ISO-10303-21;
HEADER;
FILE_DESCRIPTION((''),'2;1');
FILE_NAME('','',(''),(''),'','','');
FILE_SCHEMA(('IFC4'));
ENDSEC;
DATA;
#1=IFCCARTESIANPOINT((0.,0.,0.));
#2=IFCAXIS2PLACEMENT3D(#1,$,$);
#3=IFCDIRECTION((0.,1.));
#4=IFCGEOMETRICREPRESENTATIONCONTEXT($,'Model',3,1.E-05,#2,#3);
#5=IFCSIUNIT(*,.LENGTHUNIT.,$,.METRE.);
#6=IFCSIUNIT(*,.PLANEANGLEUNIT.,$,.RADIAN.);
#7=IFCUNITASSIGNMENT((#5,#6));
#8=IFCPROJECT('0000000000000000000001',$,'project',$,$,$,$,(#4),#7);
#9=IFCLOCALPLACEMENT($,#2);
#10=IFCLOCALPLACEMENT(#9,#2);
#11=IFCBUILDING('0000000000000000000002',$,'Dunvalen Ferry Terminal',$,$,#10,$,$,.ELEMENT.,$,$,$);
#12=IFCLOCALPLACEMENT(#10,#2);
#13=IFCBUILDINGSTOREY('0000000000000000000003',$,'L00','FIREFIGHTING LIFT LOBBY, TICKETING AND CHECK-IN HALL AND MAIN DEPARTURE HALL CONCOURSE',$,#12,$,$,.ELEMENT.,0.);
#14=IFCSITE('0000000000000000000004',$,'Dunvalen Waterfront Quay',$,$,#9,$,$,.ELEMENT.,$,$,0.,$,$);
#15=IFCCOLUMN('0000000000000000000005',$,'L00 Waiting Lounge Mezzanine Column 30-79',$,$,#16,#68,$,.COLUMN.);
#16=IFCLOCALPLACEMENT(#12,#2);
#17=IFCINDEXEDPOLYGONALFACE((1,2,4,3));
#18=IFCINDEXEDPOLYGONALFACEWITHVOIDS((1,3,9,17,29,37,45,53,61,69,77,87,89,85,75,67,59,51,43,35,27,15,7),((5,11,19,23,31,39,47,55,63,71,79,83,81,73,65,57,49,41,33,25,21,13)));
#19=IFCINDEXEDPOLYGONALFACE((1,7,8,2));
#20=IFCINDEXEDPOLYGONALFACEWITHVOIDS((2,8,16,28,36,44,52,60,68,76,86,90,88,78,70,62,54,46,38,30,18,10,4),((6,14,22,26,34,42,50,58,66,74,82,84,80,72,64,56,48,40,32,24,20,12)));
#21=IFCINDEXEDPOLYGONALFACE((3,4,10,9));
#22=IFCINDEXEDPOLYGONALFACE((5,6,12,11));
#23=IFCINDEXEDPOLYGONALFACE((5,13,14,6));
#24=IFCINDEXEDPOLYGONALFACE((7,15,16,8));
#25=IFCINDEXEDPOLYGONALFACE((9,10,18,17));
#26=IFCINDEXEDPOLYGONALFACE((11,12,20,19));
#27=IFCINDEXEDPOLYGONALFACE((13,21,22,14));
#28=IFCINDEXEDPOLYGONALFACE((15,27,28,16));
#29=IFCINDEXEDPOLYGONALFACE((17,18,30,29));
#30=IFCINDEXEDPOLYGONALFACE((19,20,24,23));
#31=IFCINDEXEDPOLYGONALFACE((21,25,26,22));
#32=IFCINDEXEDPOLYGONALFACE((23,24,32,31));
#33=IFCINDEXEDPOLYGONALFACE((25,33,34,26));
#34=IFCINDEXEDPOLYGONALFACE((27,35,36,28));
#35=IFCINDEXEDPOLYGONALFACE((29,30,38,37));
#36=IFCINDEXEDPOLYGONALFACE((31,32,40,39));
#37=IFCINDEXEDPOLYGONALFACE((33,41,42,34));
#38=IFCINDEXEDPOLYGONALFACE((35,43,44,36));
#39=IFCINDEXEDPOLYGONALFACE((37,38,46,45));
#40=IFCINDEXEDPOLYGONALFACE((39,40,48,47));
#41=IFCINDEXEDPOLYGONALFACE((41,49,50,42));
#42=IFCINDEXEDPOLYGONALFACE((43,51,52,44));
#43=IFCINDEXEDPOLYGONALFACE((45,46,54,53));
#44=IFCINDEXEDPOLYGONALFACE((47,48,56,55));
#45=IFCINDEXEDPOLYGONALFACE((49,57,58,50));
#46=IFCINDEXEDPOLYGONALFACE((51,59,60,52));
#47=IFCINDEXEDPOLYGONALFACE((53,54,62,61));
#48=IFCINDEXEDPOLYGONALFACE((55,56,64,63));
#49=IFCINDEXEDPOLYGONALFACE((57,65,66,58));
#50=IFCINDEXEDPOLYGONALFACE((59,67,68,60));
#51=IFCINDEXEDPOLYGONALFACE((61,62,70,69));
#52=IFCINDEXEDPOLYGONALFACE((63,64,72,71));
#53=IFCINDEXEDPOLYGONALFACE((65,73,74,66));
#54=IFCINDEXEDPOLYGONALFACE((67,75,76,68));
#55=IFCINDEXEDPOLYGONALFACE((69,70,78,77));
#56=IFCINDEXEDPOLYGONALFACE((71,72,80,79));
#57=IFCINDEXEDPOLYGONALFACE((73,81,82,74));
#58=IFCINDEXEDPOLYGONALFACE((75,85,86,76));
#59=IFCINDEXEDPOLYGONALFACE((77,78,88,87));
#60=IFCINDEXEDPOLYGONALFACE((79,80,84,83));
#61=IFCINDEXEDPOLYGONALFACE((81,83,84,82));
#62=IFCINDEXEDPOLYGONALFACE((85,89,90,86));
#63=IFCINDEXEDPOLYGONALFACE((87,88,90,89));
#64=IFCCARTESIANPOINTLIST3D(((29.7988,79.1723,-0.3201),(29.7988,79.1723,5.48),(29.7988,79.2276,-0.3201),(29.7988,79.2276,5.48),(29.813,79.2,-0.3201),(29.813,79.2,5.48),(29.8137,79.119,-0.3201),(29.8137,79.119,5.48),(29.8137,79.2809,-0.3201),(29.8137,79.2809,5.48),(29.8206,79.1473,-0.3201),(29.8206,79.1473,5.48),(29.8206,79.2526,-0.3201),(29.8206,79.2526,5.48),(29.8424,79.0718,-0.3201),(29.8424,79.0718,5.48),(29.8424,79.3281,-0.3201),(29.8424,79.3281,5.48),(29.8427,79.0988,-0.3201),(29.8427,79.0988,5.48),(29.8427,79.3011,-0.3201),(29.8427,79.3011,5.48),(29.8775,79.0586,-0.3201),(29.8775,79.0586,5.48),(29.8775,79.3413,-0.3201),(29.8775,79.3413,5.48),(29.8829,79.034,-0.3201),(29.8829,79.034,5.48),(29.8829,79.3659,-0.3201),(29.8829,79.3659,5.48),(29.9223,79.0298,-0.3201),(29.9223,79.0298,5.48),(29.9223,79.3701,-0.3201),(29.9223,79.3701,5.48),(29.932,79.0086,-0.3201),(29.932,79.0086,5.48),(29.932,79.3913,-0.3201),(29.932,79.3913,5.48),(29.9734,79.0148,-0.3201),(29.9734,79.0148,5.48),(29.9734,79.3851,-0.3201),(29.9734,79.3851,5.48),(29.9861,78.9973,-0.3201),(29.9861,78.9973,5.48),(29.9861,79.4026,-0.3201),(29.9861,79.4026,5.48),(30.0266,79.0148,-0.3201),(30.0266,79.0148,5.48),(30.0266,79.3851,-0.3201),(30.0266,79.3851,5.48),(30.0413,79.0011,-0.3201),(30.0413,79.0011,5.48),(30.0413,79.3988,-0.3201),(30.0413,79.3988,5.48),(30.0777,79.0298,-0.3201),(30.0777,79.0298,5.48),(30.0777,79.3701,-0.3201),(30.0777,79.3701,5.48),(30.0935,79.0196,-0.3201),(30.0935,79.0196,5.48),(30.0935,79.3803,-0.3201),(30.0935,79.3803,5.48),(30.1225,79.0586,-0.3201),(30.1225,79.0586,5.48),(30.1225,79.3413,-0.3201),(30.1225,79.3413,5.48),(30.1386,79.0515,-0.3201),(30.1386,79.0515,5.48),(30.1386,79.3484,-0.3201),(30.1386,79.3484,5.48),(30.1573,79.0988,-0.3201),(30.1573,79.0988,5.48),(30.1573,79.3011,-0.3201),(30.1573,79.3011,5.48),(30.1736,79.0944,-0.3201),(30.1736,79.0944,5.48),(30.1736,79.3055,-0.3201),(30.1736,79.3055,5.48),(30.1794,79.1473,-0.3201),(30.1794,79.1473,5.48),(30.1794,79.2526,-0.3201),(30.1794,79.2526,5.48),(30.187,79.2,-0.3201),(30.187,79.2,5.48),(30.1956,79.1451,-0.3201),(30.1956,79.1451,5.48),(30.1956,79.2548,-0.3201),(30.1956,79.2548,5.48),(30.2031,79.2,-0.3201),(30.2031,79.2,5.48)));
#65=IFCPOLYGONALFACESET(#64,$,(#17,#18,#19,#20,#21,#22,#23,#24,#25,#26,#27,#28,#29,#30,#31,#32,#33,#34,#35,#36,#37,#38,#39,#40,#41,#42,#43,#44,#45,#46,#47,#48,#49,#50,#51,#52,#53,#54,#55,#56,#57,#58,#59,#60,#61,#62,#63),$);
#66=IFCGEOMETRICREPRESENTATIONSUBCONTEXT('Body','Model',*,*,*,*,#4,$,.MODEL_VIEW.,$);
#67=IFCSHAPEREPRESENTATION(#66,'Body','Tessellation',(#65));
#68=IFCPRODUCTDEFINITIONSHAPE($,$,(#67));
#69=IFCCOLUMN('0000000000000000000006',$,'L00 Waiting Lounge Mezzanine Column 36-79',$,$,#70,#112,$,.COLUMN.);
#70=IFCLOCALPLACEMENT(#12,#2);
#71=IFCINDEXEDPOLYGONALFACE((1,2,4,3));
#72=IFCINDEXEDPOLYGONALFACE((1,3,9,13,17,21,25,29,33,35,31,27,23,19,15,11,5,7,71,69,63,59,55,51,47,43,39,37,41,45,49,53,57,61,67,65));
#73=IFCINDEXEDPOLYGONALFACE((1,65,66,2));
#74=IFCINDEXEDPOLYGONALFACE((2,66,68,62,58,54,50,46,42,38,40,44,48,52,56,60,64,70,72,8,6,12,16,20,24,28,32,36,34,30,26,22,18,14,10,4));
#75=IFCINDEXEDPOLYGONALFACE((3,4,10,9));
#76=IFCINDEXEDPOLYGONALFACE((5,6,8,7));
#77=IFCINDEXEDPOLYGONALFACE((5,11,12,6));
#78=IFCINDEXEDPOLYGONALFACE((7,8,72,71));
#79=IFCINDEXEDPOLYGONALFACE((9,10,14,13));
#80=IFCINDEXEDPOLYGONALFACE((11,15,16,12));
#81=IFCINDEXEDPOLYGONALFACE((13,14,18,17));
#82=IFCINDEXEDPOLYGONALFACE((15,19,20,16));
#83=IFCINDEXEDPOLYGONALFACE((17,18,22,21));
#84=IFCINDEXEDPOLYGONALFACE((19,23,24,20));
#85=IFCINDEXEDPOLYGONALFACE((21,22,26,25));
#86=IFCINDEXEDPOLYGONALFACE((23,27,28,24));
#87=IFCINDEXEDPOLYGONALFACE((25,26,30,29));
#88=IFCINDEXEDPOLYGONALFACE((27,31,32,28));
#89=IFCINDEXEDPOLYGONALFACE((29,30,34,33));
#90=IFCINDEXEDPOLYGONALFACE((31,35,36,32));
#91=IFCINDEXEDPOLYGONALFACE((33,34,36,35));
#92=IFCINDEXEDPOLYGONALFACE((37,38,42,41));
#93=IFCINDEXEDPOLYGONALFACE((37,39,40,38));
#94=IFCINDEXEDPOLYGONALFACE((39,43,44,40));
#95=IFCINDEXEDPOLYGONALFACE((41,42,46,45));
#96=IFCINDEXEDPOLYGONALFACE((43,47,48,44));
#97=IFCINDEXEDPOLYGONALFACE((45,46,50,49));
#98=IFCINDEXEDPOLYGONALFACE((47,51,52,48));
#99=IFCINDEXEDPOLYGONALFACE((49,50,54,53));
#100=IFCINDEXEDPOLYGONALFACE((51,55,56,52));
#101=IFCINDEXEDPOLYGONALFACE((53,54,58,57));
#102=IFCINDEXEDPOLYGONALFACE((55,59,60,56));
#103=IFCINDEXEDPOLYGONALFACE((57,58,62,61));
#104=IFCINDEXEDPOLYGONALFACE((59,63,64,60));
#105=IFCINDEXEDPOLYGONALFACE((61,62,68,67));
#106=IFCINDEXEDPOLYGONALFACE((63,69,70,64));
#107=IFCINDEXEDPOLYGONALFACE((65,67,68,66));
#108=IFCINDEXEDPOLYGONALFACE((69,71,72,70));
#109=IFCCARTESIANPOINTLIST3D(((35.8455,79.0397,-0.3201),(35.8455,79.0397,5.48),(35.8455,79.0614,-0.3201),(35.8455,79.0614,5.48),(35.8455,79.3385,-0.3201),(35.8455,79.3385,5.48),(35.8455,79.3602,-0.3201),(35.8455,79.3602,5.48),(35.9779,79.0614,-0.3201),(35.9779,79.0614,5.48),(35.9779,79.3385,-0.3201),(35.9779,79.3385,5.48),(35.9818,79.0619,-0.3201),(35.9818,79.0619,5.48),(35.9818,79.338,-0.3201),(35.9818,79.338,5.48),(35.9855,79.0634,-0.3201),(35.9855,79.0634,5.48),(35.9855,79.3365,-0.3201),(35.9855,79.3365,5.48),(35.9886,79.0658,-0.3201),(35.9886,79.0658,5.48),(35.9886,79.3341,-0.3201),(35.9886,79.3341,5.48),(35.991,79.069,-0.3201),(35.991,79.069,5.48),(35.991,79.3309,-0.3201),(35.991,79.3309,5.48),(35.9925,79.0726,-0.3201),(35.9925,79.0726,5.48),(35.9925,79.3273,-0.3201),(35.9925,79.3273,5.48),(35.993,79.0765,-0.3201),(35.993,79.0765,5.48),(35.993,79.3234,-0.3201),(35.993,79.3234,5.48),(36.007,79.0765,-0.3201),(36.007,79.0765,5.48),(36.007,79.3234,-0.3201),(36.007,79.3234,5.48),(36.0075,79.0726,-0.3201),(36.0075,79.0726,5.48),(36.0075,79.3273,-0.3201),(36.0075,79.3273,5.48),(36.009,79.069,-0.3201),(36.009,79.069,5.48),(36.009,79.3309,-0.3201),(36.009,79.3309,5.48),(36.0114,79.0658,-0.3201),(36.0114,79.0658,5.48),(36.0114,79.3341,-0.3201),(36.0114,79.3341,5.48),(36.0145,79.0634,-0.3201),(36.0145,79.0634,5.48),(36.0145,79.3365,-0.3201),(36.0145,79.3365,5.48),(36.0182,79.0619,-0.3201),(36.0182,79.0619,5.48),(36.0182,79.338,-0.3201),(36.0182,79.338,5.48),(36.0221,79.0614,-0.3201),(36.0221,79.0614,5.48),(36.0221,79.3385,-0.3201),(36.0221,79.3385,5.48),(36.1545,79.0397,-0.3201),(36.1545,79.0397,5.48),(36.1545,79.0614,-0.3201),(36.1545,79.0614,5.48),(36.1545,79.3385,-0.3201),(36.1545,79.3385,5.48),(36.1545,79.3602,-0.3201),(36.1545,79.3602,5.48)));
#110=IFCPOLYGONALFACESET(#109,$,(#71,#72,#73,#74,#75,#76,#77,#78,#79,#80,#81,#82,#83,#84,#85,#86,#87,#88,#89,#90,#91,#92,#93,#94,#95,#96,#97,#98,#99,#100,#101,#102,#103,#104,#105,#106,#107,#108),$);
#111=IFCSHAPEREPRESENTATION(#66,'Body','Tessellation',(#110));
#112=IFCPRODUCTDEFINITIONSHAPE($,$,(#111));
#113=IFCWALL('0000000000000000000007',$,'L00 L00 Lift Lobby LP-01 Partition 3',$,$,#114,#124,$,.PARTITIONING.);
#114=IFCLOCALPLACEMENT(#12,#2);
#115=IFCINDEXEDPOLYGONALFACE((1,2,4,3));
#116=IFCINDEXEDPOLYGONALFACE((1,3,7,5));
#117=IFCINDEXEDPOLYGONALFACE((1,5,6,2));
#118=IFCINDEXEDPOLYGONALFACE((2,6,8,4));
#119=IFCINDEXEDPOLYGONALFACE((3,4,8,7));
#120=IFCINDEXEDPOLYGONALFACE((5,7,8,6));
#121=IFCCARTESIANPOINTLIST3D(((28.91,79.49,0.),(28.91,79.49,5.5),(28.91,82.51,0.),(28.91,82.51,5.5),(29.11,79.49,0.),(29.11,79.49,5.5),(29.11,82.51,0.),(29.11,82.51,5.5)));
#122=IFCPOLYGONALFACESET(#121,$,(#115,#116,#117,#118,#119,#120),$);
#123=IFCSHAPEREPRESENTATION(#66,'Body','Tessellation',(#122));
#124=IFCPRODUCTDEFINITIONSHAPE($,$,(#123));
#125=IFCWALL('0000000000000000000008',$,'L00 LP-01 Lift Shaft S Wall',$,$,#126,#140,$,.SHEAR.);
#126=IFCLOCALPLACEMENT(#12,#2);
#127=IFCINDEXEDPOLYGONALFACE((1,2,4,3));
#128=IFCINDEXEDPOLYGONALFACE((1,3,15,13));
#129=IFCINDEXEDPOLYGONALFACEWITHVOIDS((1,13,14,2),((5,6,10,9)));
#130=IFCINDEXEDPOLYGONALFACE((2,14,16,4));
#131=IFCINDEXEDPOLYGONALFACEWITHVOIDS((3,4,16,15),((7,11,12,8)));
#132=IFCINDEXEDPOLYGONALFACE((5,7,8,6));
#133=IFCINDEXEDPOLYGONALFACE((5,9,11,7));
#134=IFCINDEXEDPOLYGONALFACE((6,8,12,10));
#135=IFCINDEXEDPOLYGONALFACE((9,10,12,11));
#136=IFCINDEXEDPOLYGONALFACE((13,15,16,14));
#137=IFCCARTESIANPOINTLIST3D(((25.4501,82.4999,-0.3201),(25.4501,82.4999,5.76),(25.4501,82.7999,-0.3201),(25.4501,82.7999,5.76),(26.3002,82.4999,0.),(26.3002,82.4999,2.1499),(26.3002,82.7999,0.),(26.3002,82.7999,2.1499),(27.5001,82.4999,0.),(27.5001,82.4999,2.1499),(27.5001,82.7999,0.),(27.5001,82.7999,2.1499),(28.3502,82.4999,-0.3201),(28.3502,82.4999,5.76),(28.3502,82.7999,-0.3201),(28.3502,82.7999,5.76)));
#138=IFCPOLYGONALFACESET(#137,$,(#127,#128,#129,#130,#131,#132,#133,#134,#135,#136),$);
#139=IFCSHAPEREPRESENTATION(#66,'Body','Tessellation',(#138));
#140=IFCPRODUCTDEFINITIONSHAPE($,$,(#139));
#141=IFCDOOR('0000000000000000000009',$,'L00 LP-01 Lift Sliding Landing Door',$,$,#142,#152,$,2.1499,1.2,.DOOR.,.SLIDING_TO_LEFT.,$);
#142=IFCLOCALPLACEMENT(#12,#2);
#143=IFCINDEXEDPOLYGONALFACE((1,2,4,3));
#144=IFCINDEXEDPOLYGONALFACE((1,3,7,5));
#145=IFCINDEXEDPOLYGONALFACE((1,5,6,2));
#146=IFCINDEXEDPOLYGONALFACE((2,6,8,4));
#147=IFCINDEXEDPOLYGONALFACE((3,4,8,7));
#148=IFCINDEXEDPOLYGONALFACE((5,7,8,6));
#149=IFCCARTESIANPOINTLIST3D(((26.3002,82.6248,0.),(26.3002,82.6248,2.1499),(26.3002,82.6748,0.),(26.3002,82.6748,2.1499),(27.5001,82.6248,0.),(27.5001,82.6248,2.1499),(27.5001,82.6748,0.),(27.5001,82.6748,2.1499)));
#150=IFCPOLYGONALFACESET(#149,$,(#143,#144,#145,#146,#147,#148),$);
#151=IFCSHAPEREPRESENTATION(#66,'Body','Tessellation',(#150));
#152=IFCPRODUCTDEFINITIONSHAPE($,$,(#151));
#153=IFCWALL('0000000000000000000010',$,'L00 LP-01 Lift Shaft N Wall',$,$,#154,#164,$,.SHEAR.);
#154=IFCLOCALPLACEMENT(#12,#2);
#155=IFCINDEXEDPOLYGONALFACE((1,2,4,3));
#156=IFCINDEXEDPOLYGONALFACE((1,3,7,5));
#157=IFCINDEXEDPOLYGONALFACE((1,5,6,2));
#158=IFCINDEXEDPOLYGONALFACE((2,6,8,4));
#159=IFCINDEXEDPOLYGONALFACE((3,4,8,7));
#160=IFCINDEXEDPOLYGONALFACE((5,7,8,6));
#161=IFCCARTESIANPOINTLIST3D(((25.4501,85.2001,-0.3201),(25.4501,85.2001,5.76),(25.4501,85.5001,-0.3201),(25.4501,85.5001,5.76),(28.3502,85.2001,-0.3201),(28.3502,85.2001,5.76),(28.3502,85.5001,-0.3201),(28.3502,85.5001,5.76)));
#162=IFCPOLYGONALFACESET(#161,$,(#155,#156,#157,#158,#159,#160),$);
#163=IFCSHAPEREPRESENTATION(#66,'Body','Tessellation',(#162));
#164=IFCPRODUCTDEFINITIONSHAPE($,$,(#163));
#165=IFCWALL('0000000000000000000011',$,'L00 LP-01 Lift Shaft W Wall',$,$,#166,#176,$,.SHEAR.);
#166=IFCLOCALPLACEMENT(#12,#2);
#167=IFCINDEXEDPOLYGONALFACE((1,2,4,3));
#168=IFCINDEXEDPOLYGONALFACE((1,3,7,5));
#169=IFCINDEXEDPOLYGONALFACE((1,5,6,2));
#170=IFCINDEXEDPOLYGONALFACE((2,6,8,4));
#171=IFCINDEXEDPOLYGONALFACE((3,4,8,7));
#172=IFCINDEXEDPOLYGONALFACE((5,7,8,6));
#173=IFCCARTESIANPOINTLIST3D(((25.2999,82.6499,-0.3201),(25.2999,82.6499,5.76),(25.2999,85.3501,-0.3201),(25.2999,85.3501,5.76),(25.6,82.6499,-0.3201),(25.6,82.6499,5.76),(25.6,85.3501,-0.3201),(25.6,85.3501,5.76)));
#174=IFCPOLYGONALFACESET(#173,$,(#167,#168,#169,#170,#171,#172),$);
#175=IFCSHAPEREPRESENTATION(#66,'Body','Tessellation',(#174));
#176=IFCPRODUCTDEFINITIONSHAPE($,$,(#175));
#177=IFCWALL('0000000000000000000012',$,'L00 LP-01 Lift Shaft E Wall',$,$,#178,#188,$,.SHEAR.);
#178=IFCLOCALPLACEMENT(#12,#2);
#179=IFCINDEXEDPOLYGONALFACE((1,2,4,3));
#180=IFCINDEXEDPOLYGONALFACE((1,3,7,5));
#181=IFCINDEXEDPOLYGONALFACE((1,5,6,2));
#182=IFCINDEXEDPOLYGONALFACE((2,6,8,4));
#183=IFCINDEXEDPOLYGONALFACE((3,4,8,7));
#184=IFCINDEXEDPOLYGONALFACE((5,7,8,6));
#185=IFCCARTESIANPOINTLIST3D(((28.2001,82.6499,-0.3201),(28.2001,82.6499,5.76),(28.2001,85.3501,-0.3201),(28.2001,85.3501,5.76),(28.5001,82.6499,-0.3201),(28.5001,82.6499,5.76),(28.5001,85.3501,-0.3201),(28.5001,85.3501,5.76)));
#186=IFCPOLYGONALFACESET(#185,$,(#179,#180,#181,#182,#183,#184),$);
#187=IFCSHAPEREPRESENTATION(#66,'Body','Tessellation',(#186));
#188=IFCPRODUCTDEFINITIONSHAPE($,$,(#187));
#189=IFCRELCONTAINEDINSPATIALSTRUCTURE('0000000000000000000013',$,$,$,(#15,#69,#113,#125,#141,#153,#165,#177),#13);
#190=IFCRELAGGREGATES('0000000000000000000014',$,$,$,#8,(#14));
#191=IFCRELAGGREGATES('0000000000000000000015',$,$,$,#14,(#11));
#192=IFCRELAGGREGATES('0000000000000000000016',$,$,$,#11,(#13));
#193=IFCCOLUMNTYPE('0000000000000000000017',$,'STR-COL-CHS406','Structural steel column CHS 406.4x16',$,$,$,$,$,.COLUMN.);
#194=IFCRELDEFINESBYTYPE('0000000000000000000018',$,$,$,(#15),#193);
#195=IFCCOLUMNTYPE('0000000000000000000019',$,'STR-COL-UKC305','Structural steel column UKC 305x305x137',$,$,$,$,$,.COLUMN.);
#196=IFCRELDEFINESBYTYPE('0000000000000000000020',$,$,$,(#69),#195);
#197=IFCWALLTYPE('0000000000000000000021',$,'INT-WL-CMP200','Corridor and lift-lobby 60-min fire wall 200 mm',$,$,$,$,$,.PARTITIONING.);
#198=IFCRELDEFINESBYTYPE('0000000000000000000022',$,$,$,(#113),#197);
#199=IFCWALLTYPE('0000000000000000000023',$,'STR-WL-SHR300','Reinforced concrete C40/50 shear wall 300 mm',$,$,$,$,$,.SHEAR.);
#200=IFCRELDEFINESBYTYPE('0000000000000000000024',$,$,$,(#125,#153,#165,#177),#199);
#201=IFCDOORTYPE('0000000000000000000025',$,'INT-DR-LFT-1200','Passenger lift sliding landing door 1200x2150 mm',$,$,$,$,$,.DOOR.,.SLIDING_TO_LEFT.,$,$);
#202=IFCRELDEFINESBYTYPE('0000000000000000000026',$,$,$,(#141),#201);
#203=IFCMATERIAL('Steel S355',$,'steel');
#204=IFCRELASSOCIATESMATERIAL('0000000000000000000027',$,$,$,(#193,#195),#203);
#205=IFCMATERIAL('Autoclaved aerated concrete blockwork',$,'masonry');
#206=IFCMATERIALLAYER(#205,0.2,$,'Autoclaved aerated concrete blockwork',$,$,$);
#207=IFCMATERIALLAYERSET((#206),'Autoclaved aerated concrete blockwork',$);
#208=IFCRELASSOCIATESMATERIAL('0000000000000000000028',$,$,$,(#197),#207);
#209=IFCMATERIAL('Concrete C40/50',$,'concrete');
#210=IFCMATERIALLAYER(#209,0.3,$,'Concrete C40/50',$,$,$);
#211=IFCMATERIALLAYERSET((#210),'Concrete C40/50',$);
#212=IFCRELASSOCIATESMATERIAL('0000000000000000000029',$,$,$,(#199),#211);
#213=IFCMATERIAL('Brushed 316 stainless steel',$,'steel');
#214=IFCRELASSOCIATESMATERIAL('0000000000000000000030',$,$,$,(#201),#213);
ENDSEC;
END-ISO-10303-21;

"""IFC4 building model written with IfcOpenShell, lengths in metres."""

from ifc_helpers import new_model, si_unit, direction, frame, frame_2d, origin, origin_2d, place, context, subcontext, project, spatial, rectangle, hollow_circle, i_section, extrude, material, layer, layer_set, material_profile, profile_set, type_object, element, fill, save


model = new_model("IFC4")

# Units and contexts
model_context = context("Model", 3, precision=1e-05, world=origin(), true_north=direction((0.0, 1.0)))
body_context = subcontext(model_context, "Body", "Model", "MODEL_VIEW")
ifc_project = project(units=[si_unit("LENGTHUNIT", "METRE"), si_unit("PLANEANGLEUNIT", "RADIAN")], contexts=[model_context])

# Site, building, storey
site_placement = place(None, origin())
site = spatial("IfcSite", under=ifc_project, at=site_placement, Name="Dunvalen Waterfront Quay", CompositionType="ELEMENT", RefElevation=0.0)
building_placement = place(site_placement, origin())
building = spatial("IfcBuilding", under=site, at=building_placement, Name="Dunvalen Ferry Terminal", CompositionType="ELEMENT")
storey_placement = place(building_placement, origin())
storey = spatial("IfcBuildingStorey", under=building, at=storey_placement, Name="L00", Description="FIREFIGHTING LIFT LOBBY, TICKETING AND CHECK-IN HALL AND MAIN DEPARTURE HALL CONCOURSE", CompositionType="ELEMENT", Elevation=0.0)

# Shared definitions
ifc_material_1 = material(Name="Concrete C40/50", Category="concrete")

# Columns
ifc_material_2 = material(Name="Steel S355", Category="steel")
ifc_material_profile_1 = material_profile(ifc_material_2, hollow_circle(Radius=0.2031, WallThickness=0.0161, at=origin_2d()), Name="Steel S355")
ifc_profile_set_1 = profile_set([ifc_material_profile_1], Name="Steel S355")
column_type_1 = type_object("IfcColumnType", Name="STR-COL-CHS406", Description="Structural steel column CHS 406.4x16", PredefinedType="COLUMN", material=ifc_profile_set_1)
column_1_placement = place(storey_placement, frame((30.0, 79.2, -0.3201), z_axis=(0.0, 0.0, 1.0), x_axis=(1.0, 0.0, 0.0)))
element("IfcColumn", 1, at=column_1_placement, inside=storey, type_object=column_type_1, Name="L00 Waiting Lounge Mezzanine Column 30-79", PredefinedType="COLUMN", context=body_context, shape_type="SweptSolid", body=[
    extrude(hollow_circle(Radius=0.2031, WallThickness=0.0161, at=origin_2d()), origin(), (0.0, 0.0, 1.0), 5.8),
])
ifc_material_profile_2 = material_profile(ifc_material_2, i_section(OverallWidth=0.3091, OverallDepth=0.3206, WebThickness=0.0139, FlangeThickness=0.0217, FilletRadius=0.0151, at=origin_2d()), Name="Steel S355")
ifc_profile_set_2 = profile_set([ifc_material_profile_2], Name="Steel S355")
column_type_2 = type_object("IfcColumnType", Name="STR-COL-UKC305", Description="Structural steel column UKC 305x305x137", PredefinedType="COLUMN", material=ifc_profile_set_2)
column_2_placement = place(storey_placement, frame((36.0, 79.2, -0.3201), z_axis=(0.0, 0.0, 1.0), x_axis=(1.0, 0.0, 0.0)))
element("IfcColumn", 2, at=column_2_placement, inside=storey, type_object=column_type_2, Name="L00 Waiting Lounge Mezzanine Column 36-79", PredefinedType="COLUMN", context=body_context, shape_type="SweptSolid", body=[
    extrude(i_section(OverallWidth=0.3091, OverallDepth=0.3206, WebThickness=0.0139, FlangeThickness=0.0217, FilletRadius=0.0151, at=origin_2d()), origin(), (0.0, 0.0, 1.0), 5.8),
])

# Wall
ifc_material_3 = material(Name="Autoclaved aerated concrete blockwork", Category="masonry")
ifc_layer_1 = layer(ifc_material_3, 0.2, Name="Autoclaved aerated concrete blockwork")
ifc_layer_set_1 = layer_set([ifc_layer_1], Name="Autoclaved aerated concrete blockwork")
wall_type_1 = type_object("IfcWallType", Name="INT-WL-CMP200", Description="Corridor and lift-lobby 60-min fire wall 200 mm", PredefinedType="PARTITIONING", material=ifc_layer_set_1)
wall_1_placement = place(storey_placement, frame((29.01, 79.49, 0.0), z_axis=(0.0, 0.0, 1.0), x_axis=(0.0, 1.0, 0.0)))
element("IfcWall", 3, at=wall_1_placement, inside=storey, type_object=wall_type_1, Name="L00 L00 Lift Lobby LP-01 Partition 3", PredefinedType="PARTITIONING", context=body_context, shape_type="SweptSolid", body=[
    extrude(rectangle(XDim=3.02, YDim=0.2, at=frame_2d((1.51, 0.0))), origin(), (0.0, 0.0, 1.0), 5.5),
])

# Wall, opening, door
ifc_layer_2 = layer(ifc_material_1, 0.3, Name="Concrete C40/50")
ifc_layer_set_2 = layer_set([ifc_layer_2], Name="Concrete C40/50")
wall_type_2 = type_object("IfcWallType", Name="STR-WL-SHR300", Description="Reinforced concrete C40/50 shear wall 300 mm", PredefinedType="SHEAR", material=ifc_layer_set_2)
wall_2_placement = place(storey_placement, frame((25.45, 82.6499, -0.3201), z_axis=(0.0, 0.0, 1.0), x_axis=(1.0, 0.0, 0.0)))
wall_2 = element("IfcWall", 4, at=wall_2_placement, inside=storey, type_object=wall_type_2, Name="L00 LP-01 Lift Shaft S Wall", PredefinedType="SHEAR", context=body_context, shape_type="SweptSolid", body=[
    extrude(rectangle(XDim=2.9001, YDim=0.3, at=frame_2d((1.4502, 0.0))), origin(), (0.0, 0.0, 1.0), 6.0801),
])
opening_placement = place(wall_2_placement, frame((0.8501, 0.0, 0.3201)))
opening = element("IfcOpeningElement", 5, at=opening_placement, cuts=wall_2, PredefinedType="OPENING", context=body_context, shape_type="SweptSolid", body=[
    extrude(rectangle(XDim=1.2, YDim=2.1499, at=frame_2d((0.6001, 1.075))), frame((0.0, 0.1602, 0.0), z_axis=(0.0, -1.0, 0.0), x_axis=(1.0, 0.0, 0.0)), (0.0, 0.0, 1.0), 0.3201),
])
ifc_material_4 = material(Name="Brushed 316 stainless steel", Category="steel")
door_type = type_object("IfcDoorType", Name="INT-DR-LFT-1200", Description="Passenger lift sliding landing door 1200x2150 mm", OperationType="SLIDING_TO_LEFT", PredefinedType="DOOR", material=ifc_material_4)
door_placement = place(opening_placement, origin())
door = element("IfcDoor", 6, at=door_placement, inside=storey, type_object=door_type, Name="L00 LP-01 Lift Sliding Landing Door", OperationType="SLIDING_TO_LEFT", OverallHeight=2.1499, OverallWidth=1.2, PredefinedType="DOOR", context=body_context, shape_type="SweptSolid", body=[
    extrude(rectangle(XDim=1.2, YDim=2.1499, at=frame_2d((0.6001, 1.075))), frame((0.0, 0.0249, 0.0), z_axis=(0.0, -1.0, 0.0), x_axis=(1.0, 0.0, 0.0)), (0.0, 0.0, 1.0), 0.05),
])
fill(opening, door)

# Walls
wall_3_placement = place(storey_placement, frame((25.45, 85.3501, -0.3201), z_axis=(0.0, 0.0, 1.0), x_axis=(1.0, 0.0, 0.0)))
element("IfcWall", 7, at=wall_3_placement, inside=storey, type_object=wall_type_2, Name="L00 LP-01 Lift Shaft N Wall", PredefinedType="SHEAR", context=body_context, shape_type="SweptSolid", body=[
    extrude(rectangle(XDim=2.9001, YDim=0.3, at=frame_2d((1.4502, 0.0))), origin(), (0.0, 0.0, 1.0), 6.0801),
])
for number, where, z_axis, x_axis, name in (
    (8, (25.45, 82.6499, -0.3201), (0.0, 0.0, 1.0), (0.0, 1.0, 0.0), "L00 LP-01 Lift Shaft W Wall"),
    (9, (28.3501, 82.6499, -0.3201), (0.0, 0.0, 1.0), (0.0, 1.0, 0.0), "L00 LP-01 Lift Shaft E Wall"),
):
    element("IfcWall", number, at=place(storey_placement, frame(where, z_axis=z_axis, x_axis=x_axis)), inside=storey, type_object=wall_type_2, Name=name, PredefinedType="SHEAR", context=body_context, shape_type="SweptSolid", body=[
        extrude(rectangle(XDim=2.7002, YDim=0.3, at=frame_2d((1.3501, 0.0))), origin(), (0.0, 0.0, 1.0), 6.0801),
    ])

save(model, "model.ifc")
